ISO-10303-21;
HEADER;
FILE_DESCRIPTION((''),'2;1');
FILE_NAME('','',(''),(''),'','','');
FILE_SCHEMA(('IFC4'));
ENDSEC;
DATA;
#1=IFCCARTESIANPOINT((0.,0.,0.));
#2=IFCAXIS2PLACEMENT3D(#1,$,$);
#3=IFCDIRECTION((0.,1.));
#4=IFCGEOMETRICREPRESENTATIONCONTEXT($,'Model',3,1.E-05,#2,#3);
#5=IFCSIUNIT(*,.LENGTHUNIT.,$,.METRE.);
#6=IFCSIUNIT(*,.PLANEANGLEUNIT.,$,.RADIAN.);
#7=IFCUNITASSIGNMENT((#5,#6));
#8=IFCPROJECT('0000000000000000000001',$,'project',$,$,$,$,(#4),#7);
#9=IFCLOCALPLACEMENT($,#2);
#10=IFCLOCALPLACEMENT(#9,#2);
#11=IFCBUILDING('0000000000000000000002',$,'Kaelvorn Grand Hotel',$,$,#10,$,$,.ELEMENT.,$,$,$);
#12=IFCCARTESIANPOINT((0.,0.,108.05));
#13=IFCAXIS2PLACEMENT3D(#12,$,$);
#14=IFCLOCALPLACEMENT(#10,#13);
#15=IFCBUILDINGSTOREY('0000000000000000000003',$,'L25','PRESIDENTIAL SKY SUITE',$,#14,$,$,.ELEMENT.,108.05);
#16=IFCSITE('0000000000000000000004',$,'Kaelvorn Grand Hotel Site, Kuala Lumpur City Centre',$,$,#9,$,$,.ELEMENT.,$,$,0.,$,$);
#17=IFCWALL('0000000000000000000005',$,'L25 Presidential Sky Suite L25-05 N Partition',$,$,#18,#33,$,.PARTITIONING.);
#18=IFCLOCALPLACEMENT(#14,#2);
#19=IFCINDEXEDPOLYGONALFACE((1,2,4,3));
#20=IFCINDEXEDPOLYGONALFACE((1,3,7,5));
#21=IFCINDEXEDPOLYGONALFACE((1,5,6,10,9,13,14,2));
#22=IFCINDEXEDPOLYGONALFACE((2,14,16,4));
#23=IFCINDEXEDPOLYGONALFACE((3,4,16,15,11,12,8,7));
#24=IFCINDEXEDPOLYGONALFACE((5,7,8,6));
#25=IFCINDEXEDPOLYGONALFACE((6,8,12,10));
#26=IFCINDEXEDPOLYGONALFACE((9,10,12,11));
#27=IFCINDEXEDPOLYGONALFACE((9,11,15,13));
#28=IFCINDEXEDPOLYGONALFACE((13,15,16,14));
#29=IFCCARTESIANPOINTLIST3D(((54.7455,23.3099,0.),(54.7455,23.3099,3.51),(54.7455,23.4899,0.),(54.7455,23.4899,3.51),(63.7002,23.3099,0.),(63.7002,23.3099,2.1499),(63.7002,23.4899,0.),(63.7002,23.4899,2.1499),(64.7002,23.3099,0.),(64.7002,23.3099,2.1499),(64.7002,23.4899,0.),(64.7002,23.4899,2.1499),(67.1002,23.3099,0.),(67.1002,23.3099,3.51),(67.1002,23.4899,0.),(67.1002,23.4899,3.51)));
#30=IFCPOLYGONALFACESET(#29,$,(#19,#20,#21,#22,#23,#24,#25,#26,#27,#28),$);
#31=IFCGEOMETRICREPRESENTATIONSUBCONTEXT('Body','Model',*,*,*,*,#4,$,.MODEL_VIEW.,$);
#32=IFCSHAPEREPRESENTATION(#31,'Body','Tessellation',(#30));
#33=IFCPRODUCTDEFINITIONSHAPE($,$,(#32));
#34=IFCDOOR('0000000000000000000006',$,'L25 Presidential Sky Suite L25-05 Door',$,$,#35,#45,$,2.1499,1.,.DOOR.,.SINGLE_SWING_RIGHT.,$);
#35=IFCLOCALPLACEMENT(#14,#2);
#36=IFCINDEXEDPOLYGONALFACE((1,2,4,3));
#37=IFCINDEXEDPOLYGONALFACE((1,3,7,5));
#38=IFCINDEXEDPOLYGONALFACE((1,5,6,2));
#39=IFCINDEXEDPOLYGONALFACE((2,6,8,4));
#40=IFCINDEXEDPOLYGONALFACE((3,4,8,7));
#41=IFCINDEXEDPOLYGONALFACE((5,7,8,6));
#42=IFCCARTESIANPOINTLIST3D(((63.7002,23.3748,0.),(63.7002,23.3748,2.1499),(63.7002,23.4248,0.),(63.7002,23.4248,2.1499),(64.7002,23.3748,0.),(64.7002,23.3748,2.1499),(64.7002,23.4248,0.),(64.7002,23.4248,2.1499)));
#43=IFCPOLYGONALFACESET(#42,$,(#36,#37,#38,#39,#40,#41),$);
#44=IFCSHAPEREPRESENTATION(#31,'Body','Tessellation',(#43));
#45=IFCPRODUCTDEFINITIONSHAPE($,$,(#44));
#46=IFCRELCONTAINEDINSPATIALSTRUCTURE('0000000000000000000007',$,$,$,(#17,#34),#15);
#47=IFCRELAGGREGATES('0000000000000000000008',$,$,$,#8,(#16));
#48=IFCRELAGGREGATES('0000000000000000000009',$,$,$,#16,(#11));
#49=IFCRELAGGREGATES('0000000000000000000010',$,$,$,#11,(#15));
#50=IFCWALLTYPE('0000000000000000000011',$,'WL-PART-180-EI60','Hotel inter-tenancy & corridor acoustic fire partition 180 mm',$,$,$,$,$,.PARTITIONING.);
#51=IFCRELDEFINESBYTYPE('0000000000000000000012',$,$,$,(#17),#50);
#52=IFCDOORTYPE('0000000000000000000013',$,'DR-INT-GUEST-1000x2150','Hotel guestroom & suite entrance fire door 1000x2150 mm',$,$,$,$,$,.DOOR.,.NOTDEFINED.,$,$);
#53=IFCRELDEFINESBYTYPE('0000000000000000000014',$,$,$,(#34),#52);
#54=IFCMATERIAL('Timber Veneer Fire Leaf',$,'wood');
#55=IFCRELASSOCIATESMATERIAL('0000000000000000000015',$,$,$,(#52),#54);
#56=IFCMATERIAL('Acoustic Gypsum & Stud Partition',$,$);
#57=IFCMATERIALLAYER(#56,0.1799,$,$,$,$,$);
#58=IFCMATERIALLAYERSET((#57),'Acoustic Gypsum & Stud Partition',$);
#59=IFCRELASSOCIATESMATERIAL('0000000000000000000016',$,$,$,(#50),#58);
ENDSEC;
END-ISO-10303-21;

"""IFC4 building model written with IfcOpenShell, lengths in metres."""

from ifc_helpers import new_model, si_unit, direction, frame, frame_2d, origin, place, context, subcontext, project, spatial, rectangle, extrude, material, layer, layer_set, type_object, element, fill, save


model = new_model("IFC4")

# Units and contexts
model_context = context("Model", 3, precision=1e-05, world=origin(), true_north=direction((0.0, 1.0)))
body_context = subcontext(model_context, "Body", "Model", "MODEL_VIEW")
ifc_project = project(units=[si_unit("LENGTHUNIT", "METRE"), si_unit("PLANEANGLEUNIT", "RADIAN")], contexts=[model_context])

# Site, building, storey
site_placement = place(None, origin())
site = spatial("IfcSite", under=ifc_project, at=site_placement, Name="Kaelvorn Grand Hotel Site, Kuala Lumpur City Centre", CompositionType="ELEMENT", RefElevation=0.0)
building_placement = place(site_placement, origin())
building = spatial("IfcBuilding", under=site, at=building_placement, Name="Kaelvorn Grand Hotel", CompositionType="ELEMENT")
storey_placement = place(building_placement, frame((0.0, 0.0, 108.05)))
storey = spatial("IfcBuildingStorey", under=building, at=storey_placement, Name="L25", Description="PRESIDENTIAL SKY SUITE", CompositionType="ELEMENT", Elevation=108.05)

# Shared definitions
ifc_material_1 = material(Name="Acoustic Gypsum & Stud Partition")

# Shared definitions
ifc_material_2 = material(Name="Timber Veneer Fire Leaf", Category="wood")
door_type_1 = type_object("IfcDoorType", Name="DR-INT-GUEST-1000x2150", Description="Hotel guestroom & suite entrance fire door 1000x2150 mm", OperationType="NOTDEFINED", PredefinedType="DOOR", material=ifc_material_2)

# Wall, opening, door
ifc_layer_1 = layer(ifc_material_1, 0.1799)
ifc_layer_set_1 = layer_set([ifc_layer_1], Name="Acoustic Gypsum & Stud Partition")
wall_type_1 = type_object("IfcWallType", Name="WL-PART-180-EI60", Description="Hotel inter-tenancy & corridor acoustic fire partition 180 mm", PredefinedType="PARTITIONING", material=ifc_layer_set_1)
wall_1_placement = place(storey_placement, frame((54.7456, 23.3999, 0.0), z_axis=(0.0, 0.0, 1.0), x_axis=(1.0, 0.0, 0.0)))
wall_1 = element("IfcWall", 1, at=wall_1_placement, inside=storey, type_object=wall_type_1, Name="L25 Presidential Sky Suite L25-05 N Partition", PredefinedType="PARTITIONING", context=body_context, shape_type="SweptSolid", body=[
    extrude(rectangle(XDim=12.3547, YDim=0.1799, at=frame_2d((6.1772, 0.0))), origin(), (0.0, 0.0, 1.0), 3.51),
])
opening_1_placement = place(wall_1_placement, frame((8.9546, 0.0, 0.0)))
opening_1 = element("IfcOpeningElement", 2, at=opening_1_placement, cuts=wall_1, PredefinedType="OPENING", context=body_context, shape_type="SweptSolid", body=[
    extrude(rectangle(XDim=1.0, YDim=2.1499, at=frame_2d((0.5, 1.075))), frame((0.0, 0.1001, 0.0), z_axis=(0.0, -1.0, 0.0), x_axis=(1.0, 0.0, 0.0)), (0.0, 0.0, 1.0), 0.2),
])
door_1_placement = place(opening_1_placement, origin())
door_1 = element("IfcDoor", 3, at=door_1_placement, inside=storey, type_object=door_type_1, Name="L25 Presidential Sky Suite L25-05 Door", OperationType="SINGLE_SWING_RIGHT", OverallHeight=2.1499, OverallWidth=1.0, PredefinedType="DOOR", context=body_context, shape_type="SweptSolid", body=[
    extrude(rectangle(XDim=1.0, YDim=2.1499, at=frame_2d((0.5, 1.075))), frame((0.0, 0.0249, 0.0), z_axis=(0.0, -1.0, 0.0), x_axis=(1.0, 0.0, 0.0)), (0.0, 0.0, 1.0), 0.05),
])
fill(opening_1, door_1)

save(model, "model.ifc")
